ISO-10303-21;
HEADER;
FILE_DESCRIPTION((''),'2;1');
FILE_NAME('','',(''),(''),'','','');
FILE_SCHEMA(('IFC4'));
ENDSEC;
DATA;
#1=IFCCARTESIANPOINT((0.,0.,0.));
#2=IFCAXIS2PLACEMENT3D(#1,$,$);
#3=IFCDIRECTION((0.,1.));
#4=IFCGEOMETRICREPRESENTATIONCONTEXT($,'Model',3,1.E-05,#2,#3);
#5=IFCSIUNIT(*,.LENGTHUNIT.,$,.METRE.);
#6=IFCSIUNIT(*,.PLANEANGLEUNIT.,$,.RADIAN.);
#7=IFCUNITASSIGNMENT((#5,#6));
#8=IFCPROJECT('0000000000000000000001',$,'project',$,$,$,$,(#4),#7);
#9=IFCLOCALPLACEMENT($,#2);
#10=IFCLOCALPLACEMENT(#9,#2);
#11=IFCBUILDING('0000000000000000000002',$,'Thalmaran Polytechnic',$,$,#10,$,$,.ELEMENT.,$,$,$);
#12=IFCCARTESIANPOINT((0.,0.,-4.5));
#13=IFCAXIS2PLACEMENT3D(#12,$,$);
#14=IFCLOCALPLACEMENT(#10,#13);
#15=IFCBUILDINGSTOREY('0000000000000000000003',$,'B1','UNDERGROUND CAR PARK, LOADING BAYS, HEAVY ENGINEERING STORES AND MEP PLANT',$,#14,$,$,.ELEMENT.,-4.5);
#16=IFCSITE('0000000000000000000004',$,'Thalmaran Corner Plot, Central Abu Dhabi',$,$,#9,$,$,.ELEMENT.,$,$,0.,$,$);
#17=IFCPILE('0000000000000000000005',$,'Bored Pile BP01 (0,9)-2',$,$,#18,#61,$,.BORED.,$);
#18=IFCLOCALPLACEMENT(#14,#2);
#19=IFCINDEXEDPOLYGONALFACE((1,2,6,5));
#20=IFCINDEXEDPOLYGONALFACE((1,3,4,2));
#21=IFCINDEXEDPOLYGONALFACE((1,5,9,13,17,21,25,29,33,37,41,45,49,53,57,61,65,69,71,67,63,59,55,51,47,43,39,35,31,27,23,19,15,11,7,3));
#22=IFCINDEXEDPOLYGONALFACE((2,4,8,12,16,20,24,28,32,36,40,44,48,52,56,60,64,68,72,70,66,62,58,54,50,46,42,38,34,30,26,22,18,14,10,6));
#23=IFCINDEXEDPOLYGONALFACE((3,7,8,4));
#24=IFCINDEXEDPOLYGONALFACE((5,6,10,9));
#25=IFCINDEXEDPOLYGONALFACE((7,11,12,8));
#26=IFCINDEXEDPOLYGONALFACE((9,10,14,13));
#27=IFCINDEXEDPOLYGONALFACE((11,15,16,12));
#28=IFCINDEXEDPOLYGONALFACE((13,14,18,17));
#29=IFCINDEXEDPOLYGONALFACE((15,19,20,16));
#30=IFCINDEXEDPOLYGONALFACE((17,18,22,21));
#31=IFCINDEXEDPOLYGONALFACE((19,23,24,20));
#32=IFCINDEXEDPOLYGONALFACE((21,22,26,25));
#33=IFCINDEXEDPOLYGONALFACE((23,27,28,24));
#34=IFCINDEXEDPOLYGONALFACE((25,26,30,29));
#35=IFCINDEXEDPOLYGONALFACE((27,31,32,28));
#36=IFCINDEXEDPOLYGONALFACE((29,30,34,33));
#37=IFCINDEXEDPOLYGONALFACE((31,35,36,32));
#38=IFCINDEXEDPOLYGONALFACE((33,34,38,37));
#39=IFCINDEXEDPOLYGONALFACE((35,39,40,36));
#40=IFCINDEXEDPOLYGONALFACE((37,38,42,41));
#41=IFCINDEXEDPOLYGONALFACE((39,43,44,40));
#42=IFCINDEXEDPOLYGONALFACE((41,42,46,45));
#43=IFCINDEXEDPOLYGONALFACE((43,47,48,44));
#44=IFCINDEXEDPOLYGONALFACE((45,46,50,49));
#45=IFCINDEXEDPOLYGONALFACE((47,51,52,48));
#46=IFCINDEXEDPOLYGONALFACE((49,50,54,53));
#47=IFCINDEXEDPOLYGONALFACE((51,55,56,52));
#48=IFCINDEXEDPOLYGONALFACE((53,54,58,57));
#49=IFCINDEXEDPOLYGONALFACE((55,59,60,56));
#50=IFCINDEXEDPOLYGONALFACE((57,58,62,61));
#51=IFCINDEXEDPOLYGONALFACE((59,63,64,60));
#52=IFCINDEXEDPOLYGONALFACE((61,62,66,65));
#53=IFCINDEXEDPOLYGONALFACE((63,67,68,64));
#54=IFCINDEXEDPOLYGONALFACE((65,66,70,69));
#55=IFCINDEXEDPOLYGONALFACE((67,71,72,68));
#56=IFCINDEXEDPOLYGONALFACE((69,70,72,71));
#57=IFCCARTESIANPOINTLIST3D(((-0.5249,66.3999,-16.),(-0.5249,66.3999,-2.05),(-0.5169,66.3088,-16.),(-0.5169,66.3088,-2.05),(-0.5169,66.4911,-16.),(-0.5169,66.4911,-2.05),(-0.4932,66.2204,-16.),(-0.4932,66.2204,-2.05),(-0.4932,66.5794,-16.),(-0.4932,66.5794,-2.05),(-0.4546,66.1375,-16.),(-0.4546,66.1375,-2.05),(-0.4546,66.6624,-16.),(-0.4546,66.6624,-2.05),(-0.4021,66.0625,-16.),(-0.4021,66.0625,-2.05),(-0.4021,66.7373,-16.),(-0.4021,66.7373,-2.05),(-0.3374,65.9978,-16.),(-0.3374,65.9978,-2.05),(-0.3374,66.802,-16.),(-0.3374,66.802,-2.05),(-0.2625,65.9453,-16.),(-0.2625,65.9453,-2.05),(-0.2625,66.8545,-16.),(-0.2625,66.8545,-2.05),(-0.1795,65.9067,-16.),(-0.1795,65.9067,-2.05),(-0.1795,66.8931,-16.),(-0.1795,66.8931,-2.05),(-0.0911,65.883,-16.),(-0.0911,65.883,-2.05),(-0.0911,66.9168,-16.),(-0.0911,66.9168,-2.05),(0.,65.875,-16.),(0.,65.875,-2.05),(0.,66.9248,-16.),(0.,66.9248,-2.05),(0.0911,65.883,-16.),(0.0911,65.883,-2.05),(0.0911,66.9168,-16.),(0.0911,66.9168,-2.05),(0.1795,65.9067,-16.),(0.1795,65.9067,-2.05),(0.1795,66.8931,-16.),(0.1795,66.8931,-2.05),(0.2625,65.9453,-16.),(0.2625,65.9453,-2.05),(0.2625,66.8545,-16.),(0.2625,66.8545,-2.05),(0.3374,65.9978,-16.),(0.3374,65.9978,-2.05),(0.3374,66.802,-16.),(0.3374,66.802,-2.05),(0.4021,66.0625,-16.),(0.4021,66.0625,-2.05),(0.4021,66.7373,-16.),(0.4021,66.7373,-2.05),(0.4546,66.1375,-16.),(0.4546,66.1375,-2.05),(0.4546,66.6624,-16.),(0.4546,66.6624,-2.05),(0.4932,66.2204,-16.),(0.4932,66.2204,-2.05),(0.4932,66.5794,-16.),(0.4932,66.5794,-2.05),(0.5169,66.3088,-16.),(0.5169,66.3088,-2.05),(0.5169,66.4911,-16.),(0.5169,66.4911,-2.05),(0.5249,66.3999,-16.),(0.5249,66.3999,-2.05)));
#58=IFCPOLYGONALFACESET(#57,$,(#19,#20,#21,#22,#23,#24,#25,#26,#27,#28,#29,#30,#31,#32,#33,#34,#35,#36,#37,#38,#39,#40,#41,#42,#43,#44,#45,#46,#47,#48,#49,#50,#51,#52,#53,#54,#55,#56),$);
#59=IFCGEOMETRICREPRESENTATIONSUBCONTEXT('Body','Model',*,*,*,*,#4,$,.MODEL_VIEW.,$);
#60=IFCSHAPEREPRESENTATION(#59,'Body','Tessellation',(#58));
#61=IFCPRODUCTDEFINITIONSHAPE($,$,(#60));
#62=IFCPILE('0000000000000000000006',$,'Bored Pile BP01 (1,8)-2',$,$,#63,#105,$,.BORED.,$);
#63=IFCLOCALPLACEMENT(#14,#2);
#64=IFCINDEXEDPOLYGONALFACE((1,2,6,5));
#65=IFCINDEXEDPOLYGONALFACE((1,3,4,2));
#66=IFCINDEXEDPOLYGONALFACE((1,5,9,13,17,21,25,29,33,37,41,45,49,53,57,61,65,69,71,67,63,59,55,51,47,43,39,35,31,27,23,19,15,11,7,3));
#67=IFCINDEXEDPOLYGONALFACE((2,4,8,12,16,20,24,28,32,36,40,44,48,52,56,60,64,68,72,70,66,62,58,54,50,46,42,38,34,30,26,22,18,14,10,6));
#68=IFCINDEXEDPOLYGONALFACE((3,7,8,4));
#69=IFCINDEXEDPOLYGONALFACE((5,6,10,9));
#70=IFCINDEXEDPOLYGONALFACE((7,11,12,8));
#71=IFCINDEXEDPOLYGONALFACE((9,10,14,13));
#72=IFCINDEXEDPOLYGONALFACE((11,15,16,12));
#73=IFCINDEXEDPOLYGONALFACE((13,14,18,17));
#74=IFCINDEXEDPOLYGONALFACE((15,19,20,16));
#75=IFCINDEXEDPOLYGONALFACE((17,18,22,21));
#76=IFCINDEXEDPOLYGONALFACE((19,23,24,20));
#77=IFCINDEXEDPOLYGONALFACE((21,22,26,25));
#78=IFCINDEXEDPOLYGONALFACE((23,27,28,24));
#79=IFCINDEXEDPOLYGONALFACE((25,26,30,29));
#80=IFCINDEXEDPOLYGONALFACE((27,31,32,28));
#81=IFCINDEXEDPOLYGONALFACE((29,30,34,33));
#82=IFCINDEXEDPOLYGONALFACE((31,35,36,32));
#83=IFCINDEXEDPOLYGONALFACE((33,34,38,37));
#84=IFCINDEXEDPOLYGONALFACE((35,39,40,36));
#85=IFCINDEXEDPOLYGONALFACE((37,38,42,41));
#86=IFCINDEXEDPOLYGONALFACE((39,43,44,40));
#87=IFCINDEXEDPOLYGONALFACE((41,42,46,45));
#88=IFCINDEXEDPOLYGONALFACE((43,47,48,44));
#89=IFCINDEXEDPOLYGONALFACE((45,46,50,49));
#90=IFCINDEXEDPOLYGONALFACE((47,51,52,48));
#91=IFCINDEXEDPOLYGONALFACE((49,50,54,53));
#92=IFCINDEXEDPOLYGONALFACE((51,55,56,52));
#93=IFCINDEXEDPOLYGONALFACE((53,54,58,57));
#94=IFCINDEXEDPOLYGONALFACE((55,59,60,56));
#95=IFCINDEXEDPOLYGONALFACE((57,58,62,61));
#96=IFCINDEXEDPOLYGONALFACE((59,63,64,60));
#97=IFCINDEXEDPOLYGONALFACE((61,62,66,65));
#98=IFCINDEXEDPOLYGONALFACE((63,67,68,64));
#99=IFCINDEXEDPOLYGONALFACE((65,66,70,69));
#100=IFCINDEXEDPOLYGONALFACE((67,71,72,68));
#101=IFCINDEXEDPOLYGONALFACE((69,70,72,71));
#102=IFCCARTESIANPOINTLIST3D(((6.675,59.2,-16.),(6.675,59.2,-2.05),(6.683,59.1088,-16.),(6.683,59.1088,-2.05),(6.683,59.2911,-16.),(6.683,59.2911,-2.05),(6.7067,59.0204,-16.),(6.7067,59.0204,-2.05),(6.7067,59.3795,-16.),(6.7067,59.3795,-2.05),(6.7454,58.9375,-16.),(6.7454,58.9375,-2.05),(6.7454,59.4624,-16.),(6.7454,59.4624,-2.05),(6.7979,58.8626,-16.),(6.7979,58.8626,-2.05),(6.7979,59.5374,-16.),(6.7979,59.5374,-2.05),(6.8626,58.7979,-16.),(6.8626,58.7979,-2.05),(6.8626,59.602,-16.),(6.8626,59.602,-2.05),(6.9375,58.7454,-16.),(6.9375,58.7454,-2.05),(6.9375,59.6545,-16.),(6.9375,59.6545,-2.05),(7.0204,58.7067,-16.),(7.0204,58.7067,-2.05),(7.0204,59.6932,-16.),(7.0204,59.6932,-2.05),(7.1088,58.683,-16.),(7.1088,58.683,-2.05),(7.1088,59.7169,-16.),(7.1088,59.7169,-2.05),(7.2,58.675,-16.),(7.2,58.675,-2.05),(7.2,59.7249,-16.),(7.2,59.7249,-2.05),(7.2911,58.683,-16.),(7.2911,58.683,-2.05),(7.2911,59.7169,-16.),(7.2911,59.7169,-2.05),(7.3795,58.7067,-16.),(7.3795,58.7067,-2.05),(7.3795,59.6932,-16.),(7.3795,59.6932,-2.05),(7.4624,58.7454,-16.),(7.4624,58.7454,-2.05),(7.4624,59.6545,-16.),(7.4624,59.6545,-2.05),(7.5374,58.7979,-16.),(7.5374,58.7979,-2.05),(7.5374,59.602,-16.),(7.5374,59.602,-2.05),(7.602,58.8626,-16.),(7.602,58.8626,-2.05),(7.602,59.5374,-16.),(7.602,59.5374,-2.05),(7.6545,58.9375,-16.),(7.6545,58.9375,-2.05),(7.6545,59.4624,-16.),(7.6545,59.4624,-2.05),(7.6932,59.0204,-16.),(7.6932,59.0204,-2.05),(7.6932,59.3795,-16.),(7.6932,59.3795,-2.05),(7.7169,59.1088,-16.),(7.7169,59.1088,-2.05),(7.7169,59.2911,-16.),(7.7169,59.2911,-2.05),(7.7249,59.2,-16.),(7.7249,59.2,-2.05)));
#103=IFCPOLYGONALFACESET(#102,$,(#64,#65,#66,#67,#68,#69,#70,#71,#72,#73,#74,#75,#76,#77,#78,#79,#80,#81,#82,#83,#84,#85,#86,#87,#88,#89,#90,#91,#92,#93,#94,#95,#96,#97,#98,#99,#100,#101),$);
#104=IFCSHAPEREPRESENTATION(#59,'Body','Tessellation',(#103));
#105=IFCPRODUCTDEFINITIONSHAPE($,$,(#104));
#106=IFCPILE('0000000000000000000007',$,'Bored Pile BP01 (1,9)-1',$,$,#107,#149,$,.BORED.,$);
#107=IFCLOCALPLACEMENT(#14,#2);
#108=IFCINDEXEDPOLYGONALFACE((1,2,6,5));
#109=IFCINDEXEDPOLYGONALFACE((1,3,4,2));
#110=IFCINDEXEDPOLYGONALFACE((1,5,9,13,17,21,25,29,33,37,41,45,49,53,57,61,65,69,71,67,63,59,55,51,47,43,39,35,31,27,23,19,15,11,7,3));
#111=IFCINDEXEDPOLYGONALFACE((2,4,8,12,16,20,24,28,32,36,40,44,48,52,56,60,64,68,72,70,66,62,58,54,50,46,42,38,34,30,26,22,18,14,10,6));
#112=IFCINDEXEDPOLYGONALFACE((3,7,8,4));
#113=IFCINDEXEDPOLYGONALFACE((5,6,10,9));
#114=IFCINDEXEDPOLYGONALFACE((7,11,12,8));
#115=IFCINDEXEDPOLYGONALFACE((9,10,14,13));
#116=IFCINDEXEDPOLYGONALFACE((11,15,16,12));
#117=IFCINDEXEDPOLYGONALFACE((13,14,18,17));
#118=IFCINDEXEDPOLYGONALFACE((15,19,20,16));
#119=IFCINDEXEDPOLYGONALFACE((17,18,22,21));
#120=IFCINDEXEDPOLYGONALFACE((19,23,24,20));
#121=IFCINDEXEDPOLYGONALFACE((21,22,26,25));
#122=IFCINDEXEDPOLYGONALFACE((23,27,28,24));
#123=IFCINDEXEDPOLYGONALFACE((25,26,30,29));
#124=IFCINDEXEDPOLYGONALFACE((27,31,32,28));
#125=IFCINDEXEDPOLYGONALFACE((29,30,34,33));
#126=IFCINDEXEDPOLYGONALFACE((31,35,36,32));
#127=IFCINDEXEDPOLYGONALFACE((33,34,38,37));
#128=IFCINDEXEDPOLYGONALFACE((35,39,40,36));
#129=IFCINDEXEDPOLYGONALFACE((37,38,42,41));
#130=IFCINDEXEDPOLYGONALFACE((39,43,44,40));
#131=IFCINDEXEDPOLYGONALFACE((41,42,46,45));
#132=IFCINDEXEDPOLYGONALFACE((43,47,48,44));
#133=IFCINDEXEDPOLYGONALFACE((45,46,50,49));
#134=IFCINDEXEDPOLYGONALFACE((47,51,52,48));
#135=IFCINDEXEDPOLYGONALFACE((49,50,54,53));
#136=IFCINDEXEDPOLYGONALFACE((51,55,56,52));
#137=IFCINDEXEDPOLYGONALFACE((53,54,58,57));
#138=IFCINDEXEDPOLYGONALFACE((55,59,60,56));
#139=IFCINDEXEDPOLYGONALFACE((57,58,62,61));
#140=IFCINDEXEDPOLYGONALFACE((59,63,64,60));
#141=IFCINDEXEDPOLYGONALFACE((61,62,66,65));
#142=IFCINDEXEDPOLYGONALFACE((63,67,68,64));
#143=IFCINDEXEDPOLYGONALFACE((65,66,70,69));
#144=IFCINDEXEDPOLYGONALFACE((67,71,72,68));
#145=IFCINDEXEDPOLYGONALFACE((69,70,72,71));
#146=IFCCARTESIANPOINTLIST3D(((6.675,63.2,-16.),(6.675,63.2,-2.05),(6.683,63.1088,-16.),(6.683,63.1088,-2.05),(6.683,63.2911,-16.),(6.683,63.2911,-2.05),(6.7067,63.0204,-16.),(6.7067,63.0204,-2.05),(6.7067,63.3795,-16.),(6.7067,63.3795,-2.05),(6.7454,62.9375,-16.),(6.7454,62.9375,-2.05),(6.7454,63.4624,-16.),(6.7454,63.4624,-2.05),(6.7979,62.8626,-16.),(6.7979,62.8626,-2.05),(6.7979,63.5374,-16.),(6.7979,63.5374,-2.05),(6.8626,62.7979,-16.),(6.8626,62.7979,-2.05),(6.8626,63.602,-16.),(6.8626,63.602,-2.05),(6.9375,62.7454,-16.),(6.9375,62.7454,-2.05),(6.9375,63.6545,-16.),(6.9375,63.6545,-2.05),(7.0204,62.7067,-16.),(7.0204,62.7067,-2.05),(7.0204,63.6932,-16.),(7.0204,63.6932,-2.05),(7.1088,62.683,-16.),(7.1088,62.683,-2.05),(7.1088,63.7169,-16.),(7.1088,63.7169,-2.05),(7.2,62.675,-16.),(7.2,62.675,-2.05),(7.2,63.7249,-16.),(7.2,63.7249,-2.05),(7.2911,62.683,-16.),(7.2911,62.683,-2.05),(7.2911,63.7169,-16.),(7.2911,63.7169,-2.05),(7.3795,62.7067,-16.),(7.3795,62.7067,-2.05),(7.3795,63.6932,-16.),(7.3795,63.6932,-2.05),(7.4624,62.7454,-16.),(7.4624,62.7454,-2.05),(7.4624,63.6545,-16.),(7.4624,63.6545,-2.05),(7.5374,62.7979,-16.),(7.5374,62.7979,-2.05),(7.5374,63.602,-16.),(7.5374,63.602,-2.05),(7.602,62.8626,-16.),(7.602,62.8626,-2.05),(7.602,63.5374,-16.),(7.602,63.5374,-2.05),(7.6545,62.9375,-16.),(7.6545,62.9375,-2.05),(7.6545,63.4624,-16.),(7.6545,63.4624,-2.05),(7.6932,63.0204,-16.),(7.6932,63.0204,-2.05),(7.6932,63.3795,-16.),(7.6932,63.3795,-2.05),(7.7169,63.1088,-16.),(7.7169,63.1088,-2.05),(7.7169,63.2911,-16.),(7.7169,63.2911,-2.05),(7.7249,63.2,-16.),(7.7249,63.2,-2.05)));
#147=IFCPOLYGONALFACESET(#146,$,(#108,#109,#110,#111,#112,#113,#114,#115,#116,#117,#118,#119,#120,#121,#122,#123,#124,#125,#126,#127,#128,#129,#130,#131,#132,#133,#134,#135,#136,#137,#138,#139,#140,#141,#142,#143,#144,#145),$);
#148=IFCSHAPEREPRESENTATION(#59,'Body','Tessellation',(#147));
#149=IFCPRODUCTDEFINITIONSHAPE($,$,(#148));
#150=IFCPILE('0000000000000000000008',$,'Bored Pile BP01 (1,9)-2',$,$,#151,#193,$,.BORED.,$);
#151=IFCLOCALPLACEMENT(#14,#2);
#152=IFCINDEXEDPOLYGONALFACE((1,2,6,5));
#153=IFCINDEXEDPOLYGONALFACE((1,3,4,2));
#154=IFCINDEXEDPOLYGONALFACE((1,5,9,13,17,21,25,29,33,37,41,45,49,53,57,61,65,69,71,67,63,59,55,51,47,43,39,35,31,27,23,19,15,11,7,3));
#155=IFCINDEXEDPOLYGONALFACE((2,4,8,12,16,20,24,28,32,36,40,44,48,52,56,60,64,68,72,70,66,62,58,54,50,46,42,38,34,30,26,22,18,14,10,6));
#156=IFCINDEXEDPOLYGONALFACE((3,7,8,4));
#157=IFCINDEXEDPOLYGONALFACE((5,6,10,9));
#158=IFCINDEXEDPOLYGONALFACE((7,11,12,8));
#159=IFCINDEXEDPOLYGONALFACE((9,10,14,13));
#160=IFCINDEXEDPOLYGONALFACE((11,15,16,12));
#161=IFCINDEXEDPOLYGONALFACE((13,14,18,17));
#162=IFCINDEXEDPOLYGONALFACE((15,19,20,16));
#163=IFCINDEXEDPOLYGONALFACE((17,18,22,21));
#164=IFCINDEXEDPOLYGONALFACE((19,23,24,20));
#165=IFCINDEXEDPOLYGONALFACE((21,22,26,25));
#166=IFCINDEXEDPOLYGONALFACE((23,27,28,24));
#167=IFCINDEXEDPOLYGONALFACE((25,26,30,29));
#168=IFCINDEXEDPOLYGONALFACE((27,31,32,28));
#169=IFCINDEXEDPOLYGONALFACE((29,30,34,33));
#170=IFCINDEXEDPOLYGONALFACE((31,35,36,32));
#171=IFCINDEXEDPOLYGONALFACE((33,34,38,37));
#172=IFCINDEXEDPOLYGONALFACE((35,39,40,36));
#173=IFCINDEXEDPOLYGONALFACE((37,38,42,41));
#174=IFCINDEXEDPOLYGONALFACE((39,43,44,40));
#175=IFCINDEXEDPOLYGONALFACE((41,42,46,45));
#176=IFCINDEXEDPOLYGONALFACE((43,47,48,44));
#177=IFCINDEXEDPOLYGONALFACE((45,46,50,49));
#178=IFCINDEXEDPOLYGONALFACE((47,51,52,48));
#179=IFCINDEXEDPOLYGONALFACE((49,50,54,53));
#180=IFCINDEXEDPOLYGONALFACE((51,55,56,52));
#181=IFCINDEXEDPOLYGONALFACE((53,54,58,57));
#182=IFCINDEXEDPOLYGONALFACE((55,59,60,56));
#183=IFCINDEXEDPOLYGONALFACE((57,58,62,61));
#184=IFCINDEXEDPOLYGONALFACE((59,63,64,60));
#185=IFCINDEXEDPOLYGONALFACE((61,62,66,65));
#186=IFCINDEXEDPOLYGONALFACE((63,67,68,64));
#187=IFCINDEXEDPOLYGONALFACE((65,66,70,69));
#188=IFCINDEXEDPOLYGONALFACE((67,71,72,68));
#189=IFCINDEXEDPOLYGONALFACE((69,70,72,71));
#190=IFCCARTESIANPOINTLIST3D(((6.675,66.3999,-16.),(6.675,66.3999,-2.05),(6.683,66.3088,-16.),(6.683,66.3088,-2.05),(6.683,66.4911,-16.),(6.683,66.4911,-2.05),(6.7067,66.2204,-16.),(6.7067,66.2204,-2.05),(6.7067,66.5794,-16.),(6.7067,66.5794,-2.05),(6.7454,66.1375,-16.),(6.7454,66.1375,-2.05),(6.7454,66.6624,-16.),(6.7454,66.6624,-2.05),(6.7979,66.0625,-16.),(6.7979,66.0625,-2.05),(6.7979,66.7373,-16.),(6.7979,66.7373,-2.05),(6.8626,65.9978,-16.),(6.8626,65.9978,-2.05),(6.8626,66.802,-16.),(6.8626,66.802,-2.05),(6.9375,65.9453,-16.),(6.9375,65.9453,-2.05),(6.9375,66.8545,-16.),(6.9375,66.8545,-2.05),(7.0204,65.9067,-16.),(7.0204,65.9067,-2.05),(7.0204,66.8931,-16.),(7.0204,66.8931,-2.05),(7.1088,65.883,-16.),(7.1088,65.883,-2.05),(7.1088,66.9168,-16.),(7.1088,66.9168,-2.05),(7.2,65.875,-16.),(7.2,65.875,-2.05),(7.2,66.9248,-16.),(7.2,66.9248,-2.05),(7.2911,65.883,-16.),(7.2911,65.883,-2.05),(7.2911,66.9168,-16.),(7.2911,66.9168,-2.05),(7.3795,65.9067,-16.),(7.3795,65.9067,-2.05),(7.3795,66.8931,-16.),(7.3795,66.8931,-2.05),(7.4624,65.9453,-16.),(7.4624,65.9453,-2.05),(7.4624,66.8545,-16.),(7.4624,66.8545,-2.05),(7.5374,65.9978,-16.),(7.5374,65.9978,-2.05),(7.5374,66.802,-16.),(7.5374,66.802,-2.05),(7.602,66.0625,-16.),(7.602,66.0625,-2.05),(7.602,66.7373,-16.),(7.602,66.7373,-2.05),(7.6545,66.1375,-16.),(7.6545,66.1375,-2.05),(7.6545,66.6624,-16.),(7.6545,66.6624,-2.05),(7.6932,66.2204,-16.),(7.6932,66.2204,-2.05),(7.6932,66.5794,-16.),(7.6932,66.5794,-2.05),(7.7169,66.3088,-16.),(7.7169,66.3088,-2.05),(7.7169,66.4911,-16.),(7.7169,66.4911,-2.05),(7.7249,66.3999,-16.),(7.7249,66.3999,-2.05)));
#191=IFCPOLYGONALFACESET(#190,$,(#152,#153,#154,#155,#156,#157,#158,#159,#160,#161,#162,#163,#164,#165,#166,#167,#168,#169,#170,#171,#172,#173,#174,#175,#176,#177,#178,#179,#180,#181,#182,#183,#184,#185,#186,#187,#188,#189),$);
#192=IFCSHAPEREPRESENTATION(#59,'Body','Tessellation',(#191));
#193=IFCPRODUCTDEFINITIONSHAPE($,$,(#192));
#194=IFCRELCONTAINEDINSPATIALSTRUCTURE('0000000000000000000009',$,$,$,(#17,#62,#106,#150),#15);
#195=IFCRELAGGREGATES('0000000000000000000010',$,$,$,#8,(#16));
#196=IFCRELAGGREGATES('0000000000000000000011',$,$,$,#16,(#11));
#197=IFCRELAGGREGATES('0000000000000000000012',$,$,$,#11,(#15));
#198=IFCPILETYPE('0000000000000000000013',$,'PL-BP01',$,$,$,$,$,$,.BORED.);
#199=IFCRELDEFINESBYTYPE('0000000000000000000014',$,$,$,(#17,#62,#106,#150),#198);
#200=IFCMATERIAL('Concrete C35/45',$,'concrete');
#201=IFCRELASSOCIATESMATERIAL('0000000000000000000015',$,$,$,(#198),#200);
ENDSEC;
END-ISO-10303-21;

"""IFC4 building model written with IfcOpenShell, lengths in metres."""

from ifc_helpers import new_model, si_unit, direction, frame, origin, origin_2d, place, context, subcontext, project, spatial, circle, extrude, material, material_profile, profile_set, type_object, element, save


model = new_model("IFC4")

# Units and contexts
model_context = context("Model", 3, precision=1e-05, world=origin(), true_north=direction((0.0, 1.0)))
body_context = subcontext(model_context, "Body", "Model", "MODEL_VIEW")
ifc_project = project(units=[si_unit("LENGTHUNIT", "METRE"), si_unit("PLANEANGLEUNIT", "RADIAN")], contexts=[model_context])

# Site, building, storey
site_placement = place(None, origin())
site = spatial("IfcSite", under=ifc_project, at=site_placement, Name="Thalmaran Corner Plot, Central Abu Dhabi", CompositionType="ELEMENT", RefElevation=0.0)
building_placement = place(site_placement, origin())
building = spatial("IfcBuilding", under=site, at=building_placement, Name="Thalmaran Polytechnic", CompositionType="ELEMENT")
storey_placement = place(building_placement, frame((0.0, 0.0, -4.5)))
storey = spatial("IfcBuildingStorey", under=building, at=storey_placement, Name="B1", Description="UNDERGROUND CAR PARK, LOADING BAYS, HEAVY ENGINEERING STORES AND MEP PLANT", CompositionType="ELEMENT", Elevation=-4.5)

# Piles
ifc_material_1 = material(Name="Concrete C35/45", Category="concrete")
ifc_material_profile_1 = material_profile(ifc_material_1, circle(Radius=0.5249, at=origin_2d()), Name="RC 1050 DIA")
ifc_profile_set_1 = profile_set([ifc_material_profile_1], Name="Concrete C35/45")
pile_type = type_object("IfcPileType", Name="PL-BP01", PredefinedType="BORED", material=ifc_profile_set_1)
for number, where, z_axis, x_axis, name in (
    (1, (0.0, 66.3999, -2.05), (0.0, 0.0, -1.0), (1.0, 0.0, 0.0), "Bored Pile BP01 (0,9)-2"),
    (2, (7.2, 59.2, -2.05), (0.0, 0.0, -1.0), (1.0, 0.0, 0.0), "Bored Pile BP01 (1,8)-2"),
    (3, (7.2, 63.2, -2.05), (0.0, 0.0, -1.0), (1.0, 0.0, 0.0), "Bored Pile BP01 (1,9)-1"),
    (4, (7.2, 66.3999, -2.05), (0.0, 0.0, -1.0), (1.0, 0.0, 0.0), "Bored Pile BP01 (1,9)-2"),
):
    element("IfcPile", number, at=place(storey_placement, frame(where, z_axis=z_axis, x_axis=x_axis)), inside=storey, type_object=pile_type, Name=name, PredefinedType="BORED", context=body_context, shape_type="SweptSolid", body=[
        extrude(circle(Radius=0.5249, at=origin_2d()), origin(), (0.0, 0.0, 1.0), 13.95),
    ])

save(model, "model.ifc")
